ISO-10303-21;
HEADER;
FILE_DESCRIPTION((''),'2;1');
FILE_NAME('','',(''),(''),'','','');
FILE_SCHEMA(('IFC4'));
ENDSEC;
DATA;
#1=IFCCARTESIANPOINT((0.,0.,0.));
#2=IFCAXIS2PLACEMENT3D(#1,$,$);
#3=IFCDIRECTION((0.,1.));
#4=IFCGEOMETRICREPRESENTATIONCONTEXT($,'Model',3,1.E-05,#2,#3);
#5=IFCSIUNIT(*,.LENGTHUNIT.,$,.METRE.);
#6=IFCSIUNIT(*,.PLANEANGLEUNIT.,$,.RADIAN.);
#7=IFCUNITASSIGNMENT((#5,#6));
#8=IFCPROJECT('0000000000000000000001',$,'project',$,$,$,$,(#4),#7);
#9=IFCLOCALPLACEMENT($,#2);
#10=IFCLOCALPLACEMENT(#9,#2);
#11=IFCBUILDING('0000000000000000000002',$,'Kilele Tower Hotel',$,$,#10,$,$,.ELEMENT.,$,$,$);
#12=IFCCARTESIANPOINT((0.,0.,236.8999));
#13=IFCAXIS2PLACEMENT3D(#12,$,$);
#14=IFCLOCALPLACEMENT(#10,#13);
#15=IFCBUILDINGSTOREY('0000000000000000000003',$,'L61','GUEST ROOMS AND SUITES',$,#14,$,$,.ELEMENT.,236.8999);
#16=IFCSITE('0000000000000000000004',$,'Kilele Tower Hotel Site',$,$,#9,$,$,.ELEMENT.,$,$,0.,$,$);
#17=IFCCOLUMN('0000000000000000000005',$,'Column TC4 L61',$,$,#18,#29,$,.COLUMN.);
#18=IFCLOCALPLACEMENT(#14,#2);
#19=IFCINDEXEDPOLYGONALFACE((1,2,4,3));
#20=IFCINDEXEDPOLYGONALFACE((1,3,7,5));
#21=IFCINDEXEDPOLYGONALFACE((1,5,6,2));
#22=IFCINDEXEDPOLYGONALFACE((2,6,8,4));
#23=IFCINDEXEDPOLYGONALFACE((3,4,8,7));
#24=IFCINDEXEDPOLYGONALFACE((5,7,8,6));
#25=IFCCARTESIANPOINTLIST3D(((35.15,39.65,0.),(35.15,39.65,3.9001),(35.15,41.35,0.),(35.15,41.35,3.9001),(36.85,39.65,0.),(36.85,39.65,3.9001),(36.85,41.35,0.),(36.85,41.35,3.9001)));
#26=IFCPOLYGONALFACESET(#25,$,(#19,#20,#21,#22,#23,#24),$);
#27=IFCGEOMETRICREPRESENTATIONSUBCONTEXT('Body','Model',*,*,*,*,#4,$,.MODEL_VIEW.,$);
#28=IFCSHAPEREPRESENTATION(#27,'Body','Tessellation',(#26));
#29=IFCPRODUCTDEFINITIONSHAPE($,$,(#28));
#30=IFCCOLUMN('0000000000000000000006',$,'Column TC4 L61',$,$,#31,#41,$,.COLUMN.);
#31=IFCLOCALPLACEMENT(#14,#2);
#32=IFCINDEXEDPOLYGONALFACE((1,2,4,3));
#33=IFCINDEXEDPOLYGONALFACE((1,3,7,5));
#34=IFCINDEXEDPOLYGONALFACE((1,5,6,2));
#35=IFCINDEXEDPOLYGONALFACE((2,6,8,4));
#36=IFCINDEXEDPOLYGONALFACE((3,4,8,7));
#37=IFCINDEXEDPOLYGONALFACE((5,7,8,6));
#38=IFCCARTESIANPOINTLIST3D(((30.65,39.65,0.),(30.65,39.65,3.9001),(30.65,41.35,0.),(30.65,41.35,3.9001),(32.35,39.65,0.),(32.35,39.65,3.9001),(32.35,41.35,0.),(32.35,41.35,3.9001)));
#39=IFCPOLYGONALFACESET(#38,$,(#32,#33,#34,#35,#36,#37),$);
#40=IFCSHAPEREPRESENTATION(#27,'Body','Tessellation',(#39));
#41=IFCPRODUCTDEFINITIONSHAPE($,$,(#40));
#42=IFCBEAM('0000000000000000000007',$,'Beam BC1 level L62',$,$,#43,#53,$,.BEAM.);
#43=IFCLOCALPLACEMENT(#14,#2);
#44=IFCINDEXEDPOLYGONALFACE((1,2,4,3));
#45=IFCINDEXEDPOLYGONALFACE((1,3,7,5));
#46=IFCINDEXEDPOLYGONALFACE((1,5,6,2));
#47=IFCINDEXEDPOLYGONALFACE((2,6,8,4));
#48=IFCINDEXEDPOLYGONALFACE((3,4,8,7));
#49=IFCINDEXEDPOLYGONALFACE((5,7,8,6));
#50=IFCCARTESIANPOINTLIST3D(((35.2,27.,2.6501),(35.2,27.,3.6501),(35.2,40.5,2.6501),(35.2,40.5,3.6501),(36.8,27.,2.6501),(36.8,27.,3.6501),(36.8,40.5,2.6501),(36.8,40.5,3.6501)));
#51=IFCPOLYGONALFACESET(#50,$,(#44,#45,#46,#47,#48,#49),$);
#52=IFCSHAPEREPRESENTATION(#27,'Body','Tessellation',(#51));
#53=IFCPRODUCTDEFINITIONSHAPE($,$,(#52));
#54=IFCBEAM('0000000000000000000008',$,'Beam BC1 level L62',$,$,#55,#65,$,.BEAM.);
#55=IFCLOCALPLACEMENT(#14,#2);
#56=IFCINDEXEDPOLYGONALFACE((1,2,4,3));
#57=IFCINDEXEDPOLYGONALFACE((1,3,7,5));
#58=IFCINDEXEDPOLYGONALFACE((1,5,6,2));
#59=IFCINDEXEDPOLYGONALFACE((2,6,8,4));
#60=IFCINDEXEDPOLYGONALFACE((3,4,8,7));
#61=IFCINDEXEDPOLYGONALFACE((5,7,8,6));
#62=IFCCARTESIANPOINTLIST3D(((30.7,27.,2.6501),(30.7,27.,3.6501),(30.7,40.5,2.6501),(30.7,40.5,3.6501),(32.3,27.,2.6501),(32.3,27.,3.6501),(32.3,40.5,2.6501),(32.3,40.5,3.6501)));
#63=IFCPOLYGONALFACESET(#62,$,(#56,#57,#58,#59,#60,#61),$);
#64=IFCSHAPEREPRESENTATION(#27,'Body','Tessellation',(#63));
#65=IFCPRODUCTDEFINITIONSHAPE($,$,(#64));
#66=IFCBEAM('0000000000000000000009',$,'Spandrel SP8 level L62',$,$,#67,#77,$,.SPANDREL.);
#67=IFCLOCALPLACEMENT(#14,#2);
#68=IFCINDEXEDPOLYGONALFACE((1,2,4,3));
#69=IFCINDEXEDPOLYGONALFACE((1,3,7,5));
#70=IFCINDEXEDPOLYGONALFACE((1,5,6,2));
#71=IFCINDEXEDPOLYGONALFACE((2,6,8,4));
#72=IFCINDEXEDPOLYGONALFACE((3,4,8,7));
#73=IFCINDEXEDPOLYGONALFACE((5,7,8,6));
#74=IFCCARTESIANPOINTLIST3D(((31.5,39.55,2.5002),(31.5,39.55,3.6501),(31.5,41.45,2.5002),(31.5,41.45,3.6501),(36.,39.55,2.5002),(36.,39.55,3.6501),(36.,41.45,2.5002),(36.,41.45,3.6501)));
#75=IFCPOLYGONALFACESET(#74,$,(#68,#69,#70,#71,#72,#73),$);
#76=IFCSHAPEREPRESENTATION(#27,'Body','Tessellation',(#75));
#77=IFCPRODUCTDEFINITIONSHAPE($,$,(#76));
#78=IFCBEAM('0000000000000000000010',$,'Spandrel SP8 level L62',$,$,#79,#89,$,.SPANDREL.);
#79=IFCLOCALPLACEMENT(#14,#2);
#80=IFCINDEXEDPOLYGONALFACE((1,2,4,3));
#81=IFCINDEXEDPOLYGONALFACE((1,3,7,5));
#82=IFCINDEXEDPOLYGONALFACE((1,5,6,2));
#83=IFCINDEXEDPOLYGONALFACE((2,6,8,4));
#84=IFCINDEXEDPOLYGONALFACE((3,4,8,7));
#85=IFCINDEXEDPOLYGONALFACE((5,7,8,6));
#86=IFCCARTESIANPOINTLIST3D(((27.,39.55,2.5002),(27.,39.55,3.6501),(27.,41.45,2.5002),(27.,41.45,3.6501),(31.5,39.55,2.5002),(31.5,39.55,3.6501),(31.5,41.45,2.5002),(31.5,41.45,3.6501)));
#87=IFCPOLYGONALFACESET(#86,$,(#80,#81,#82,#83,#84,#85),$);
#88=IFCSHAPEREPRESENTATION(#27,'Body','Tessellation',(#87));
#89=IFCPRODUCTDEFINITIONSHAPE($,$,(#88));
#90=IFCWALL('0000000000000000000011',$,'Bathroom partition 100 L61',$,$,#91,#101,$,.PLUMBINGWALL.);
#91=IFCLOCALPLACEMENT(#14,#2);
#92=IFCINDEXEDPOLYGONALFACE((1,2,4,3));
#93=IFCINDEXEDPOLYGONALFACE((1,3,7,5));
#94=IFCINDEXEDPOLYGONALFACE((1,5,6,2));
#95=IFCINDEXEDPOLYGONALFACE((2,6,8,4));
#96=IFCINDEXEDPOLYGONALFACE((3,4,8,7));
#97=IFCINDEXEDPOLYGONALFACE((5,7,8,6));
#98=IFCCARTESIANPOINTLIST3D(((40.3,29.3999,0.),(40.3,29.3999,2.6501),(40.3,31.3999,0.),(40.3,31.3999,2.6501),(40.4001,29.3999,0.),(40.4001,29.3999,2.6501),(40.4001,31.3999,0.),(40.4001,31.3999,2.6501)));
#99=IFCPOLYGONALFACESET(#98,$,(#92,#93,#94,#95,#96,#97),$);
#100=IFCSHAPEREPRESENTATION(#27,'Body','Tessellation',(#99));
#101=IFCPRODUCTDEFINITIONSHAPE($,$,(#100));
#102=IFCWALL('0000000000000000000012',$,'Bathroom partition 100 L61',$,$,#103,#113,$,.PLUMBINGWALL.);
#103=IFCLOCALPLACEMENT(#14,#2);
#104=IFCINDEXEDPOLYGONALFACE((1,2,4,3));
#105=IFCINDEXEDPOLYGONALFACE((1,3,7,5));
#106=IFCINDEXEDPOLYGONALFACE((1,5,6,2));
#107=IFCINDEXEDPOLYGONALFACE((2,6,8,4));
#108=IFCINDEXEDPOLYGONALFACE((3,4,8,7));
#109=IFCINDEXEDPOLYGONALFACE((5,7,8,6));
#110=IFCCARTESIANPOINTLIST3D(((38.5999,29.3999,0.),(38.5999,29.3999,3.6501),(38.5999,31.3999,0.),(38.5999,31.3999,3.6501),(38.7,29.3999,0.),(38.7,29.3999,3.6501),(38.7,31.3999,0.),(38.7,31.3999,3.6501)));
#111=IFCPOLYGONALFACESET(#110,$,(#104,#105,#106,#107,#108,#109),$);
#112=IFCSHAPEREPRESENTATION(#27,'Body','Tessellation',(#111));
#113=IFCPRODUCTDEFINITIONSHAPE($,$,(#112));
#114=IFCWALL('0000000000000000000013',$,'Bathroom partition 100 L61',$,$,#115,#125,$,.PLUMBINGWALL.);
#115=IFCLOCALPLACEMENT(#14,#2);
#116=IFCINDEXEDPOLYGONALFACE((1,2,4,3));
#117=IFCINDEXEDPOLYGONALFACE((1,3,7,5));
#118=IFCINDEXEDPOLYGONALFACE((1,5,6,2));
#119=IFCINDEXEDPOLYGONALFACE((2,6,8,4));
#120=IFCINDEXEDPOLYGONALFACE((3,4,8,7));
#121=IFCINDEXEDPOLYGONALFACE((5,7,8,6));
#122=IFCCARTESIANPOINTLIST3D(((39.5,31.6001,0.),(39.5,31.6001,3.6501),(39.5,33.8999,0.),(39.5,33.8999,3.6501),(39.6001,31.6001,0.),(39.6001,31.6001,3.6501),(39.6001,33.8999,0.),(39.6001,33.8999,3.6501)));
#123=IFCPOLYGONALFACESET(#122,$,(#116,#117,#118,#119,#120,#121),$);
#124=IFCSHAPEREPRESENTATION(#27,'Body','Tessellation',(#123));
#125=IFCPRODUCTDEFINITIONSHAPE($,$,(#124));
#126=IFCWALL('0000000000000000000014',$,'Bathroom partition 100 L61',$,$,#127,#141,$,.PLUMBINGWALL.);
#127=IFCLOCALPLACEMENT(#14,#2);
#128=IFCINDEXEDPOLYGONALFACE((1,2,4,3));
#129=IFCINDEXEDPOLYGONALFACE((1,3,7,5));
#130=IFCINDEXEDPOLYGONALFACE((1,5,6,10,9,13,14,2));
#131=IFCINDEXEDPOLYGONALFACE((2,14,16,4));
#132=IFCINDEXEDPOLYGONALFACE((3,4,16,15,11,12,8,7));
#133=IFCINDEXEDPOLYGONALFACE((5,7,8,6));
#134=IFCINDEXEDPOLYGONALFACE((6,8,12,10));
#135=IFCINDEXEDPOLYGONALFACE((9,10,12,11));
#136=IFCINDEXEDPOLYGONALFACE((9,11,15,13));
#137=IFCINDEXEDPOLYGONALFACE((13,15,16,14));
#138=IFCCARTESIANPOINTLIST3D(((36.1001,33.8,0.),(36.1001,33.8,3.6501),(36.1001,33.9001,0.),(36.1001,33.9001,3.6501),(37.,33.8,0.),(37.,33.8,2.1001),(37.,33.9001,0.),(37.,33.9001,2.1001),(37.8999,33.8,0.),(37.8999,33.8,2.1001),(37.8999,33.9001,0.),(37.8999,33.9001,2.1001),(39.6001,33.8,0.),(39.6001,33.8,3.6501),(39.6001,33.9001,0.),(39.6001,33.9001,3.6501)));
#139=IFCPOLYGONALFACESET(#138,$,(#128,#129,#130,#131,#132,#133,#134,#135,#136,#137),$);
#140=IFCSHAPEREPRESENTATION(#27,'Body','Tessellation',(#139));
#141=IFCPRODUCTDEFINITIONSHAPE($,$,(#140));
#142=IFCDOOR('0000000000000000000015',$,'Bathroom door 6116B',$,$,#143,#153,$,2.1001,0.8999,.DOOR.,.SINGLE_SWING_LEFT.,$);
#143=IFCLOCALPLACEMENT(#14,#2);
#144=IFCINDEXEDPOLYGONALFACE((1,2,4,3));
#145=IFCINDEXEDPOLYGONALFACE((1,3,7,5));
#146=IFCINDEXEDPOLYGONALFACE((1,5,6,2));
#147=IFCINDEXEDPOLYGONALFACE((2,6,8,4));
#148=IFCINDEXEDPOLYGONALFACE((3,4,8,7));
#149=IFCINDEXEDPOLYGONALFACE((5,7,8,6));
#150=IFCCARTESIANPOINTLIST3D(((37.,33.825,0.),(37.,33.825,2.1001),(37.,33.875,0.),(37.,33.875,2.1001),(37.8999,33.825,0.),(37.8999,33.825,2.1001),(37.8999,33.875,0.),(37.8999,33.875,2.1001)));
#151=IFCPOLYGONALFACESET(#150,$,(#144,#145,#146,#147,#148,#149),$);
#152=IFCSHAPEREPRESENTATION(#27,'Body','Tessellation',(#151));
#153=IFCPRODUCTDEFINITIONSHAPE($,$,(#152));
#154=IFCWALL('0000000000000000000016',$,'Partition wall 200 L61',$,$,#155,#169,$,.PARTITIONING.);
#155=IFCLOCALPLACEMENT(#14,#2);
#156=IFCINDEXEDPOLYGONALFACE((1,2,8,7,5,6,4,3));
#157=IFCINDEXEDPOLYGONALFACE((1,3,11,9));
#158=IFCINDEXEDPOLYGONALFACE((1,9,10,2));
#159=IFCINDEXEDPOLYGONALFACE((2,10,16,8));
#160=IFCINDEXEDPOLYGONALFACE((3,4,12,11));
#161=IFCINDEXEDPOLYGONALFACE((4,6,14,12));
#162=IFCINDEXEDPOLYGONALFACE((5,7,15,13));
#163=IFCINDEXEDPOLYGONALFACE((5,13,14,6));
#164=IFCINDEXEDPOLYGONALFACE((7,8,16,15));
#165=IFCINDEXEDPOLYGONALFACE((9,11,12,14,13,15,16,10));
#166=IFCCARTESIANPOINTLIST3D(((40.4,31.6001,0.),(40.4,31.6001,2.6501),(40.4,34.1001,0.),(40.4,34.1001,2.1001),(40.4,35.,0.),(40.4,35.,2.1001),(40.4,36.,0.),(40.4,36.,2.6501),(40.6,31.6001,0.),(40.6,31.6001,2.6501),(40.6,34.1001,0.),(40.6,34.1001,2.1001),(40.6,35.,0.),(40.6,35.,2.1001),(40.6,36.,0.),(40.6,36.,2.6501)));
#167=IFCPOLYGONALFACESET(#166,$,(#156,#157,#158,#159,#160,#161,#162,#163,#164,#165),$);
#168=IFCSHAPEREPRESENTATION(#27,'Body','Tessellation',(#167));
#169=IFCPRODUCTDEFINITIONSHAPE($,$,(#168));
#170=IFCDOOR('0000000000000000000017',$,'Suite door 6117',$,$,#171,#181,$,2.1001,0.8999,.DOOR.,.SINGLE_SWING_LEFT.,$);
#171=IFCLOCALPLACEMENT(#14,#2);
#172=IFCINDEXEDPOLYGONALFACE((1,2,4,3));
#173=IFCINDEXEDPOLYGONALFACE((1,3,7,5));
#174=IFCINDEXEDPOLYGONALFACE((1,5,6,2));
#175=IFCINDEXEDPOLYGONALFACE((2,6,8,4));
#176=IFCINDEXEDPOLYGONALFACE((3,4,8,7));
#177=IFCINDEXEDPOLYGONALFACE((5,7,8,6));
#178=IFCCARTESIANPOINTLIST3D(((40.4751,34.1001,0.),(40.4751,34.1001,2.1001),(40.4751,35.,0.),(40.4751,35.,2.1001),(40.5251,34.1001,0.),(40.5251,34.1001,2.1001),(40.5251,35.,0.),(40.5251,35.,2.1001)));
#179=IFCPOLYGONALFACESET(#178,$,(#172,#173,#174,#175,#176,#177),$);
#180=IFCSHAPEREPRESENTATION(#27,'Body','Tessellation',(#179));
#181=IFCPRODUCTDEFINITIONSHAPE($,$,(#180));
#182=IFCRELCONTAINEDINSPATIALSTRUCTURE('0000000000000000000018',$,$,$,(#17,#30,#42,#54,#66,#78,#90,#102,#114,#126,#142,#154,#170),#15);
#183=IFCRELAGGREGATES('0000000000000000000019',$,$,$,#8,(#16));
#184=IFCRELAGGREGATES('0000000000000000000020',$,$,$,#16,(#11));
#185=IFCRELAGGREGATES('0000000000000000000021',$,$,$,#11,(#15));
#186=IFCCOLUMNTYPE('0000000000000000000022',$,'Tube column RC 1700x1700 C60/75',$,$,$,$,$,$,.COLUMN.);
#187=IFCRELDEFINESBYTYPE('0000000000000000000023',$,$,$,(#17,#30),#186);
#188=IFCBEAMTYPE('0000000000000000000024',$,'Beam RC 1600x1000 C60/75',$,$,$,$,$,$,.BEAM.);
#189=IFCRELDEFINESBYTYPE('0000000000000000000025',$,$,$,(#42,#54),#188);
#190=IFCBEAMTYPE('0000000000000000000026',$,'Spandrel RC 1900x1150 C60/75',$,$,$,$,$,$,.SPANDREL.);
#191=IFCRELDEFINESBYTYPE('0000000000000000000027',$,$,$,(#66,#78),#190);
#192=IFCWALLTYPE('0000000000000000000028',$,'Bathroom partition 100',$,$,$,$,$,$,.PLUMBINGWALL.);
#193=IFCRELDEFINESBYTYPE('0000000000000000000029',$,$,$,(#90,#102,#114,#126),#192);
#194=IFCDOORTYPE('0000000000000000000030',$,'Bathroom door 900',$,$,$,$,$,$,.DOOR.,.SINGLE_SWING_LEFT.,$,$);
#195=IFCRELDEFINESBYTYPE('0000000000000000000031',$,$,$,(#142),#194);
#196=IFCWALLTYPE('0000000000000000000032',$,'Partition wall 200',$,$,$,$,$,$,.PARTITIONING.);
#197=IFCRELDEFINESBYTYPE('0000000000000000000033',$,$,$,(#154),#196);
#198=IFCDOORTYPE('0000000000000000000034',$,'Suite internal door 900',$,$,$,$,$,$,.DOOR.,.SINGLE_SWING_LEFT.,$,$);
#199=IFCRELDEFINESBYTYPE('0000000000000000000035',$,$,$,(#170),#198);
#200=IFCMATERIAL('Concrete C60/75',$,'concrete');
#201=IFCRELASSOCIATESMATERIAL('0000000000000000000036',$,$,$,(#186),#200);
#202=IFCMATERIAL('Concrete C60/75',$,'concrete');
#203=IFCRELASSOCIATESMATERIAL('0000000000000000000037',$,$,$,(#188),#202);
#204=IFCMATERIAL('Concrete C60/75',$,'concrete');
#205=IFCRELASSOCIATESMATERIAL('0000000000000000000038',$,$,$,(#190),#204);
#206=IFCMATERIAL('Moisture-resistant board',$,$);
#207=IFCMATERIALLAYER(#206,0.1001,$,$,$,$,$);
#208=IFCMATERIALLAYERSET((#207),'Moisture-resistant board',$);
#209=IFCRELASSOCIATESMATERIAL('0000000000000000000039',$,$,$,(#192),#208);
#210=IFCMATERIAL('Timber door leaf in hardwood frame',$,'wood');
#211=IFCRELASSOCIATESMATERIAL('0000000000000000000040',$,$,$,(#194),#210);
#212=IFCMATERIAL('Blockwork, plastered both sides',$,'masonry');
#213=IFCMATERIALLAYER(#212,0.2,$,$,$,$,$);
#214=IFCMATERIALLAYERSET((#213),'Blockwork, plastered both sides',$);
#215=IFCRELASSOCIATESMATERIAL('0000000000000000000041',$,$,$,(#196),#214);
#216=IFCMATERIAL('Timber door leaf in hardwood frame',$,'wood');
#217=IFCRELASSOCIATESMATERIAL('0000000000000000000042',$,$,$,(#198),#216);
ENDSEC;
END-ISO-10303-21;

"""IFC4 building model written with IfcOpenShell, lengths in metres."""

from ifc_helpers import new_model, si_unit, direction, frame, frame_2d, origin, origin_2d, place, context, subcontext, project, spatial, rectangle, extrude, material, layer, layer_set, material_profile, profile_set, type_object, element, fill, save


model = new_model("IFC4")

# Units and contexts
model_context = context("Model", 3, precision=1e-05, world=origin(), true_north=direction((0.0, 1.0)))
body_context = subcontext(model_context, "Body", "Model", "MODEL_VIEW")
ifc_project = project(units=[si_unit("LENGTHUNIT", "METRE"), si_unit("PLANEANGLEUNIT", "RADIAN")], contexts=[model_context])

# Site, building, storey
site_placement = place(None, origin())
site = spatial("IfcSite", under=ifc_project, at=site_placement, Name="Kilele Tower Hotel Site", CompositionType="ELEMENT", RefElevation=0.0)
building_placement = place(site_placement, origin())
building = spatial("IfcBuilding", under=site, at=building_placement, Name="Kilele Tower Hotel", CompositionType="ELEMENT")
storey_placement = place(building_placement, frame((0.0, 0.0, 236.8999)))
storey = spatial("IfcBuildingStorey", under=building, at=storey_placement, Name="L61", Description="GUEST ROOMS AND SUITES", CompositionType="ELEMENT", Elevation=236.8999)

# Columns
ifc_material_1 = material(Name="Concrete C60/75", Category="concrete")
ifc_material_profile_1 = material_profile(ifc_material_1, rectangle(XDim=1.7, YDim=1.7, at=origin_2d()))
ifc_profile_set_1 = profile_set([ifc_material_profile_1], Name="Concrete C60/75")
column_type = type_object("IfcColumnType", Name="Tube column RC 1700x1700 C60/75", PredefinedType="COLUMN", material=ifc_profile_set_1)
for number, where, z_axis, x_axis, name in (
    (1, (36.0, 40.5, 0.0), (0.0, 0.0, 1.0), (1.0, 0.0, 0.0), "Column TC4 L61"),
    (2, (31.5, 40.5, 0.0), (0.0, 0.0, 1.0), (1.0, 0.0, 0.0), "Column TC4 L61"),
):
    element("IfcColumn", number, at=place(storey_placement, frame(where, z_axis=z_axis, x_axis=x_axis)), inside=storey, type_object=column_type, Name=name, PredefinedType="COLUMN", context=body_context, shape_type="SweptSolid", body=[
        extrude(rectangle(XDim=1.7, YDim=1.7, at=origin_2d()), origin(), (0.0, 0.0, 1.0), 3.9001),
    ])

# Beams
ifc_material_2 = material(Name="Concrete C60/75", Category="concrete")
ifc_material_profile_2 = material_profile(ifc_material_2, rectangle(XDim=1.6001, YDim=1.0, at=origin_2d()))
ifc_profile_set_2 = profile_set([ifc_material_profile_2], Name="Concrete C60/75")
beam_type_1 = type_object("IfcBeamType", Name="Beam RC 1600x1000 C60/75", PredefinedType="BEAM", material=ifc_profile_set_2)
for number, where, z_axis, x_axis, name in (
    (3, (36.0, 40.5, 3.1501), (0.0, -1.0, 0.0), (1.0, 0.0, 0.0), "Beam BC1 level L62"),
    (4, (31.5, 40.5, 3.1501), (0.0, -1.0, 0.0), (1.0, 0.0, 0.0), "Beam BC1 level L62"),
):
    element("IfcBeam", number, at=place(storey_placement, frame(where, z_axis=z_axis, x_axis=x_axis)), inside=storey, type_object=beam_type_1, Name=name, PredefinedType="BEAM", context=body_context, shape_type="SweptSolid", body=[
        extrude(rectangle(XDim=1.6001, YDim=1.0, at=origin_2d()), origin(), (0.0, 0.0, 1.0), 13.5),
    ])
ifc_material_3 = material(Name="Concrete C60/75", Category="concrete")
ifc_material_profile_3 = material_profile(ifc_material_3, rectangle(XDim=1.8999, YDim=1.1499, at=origin_2d()))
ifc_profile_set_3 = profile_set([ifc_material_profile_3], Name="Concrete C60/75")
beam_type_2 = type_object("IfcBeamType", Name="Spandrel RC 1900x1150 C60/75", PredefinedType="SPANDREL", material=ifc_profile_set_3)
for number, where, z_axis, x_axis, name in (
    (5, (36.0, 40.5, 3.0752), (-1.0, 0.0, 0.0), (0.0, -1.0, 0.0), "Spandrel SP8 level L62"),
    (6, (31.5, 40.5, 3.0752), (-1.0, 0.0, 0.0), (0.0, -1.0, 0.0), "Spandrel SP8 level L62"),
):
    element("IfcBeam", number, at=place(storey_placement, frame(where, z_axis=z_axis, x_axis=x_axis)), inside=storey, type_object=beam_type_2, Name=name, PredefinedType="SPANDREL", context=body_context, shape_type="SweptSolid", body=[
        extrude(rectangle(XDim=1.8999, YDim=1.1499, at=origin_2d()), origin(), (0.0, 0.0, 1.0), 4.5),
    ])

# Walls
ifc_material_4 = material(Name="Moisture-resistant board")
ifc_layer_1 = layer(ifc_material_4, 0.1001)
ifc_layer_set_1 = layer_set([ifc_layer_1], Name="Moisture-resistant board")
wall_type_1 = type_object("IfcWallType", Name="Bathroom partition 100", PredefinedType="PLUMBINGWALL", material=ifc_layer_set_1)
wall_1_placement = place(storey_placement, frame((40.3501, 31.3999, 0.0), z_axis=(0.0, 0.0, 1.0), x_axis=(0.0, -1.0, 0.0)))
element("IfcWall", 7, at=wall_1_placement, inside=storey, type_object=wall_type_1, Name="Bathroom partition 100 L61", PredefinedType="PLUMBINGWALL", context=body_context, shape_type="SweptSolid", body=[
    extrude(rectangle(XDim=2.0, YDim=0.1001, at=frame_2d((1.0, 0.0))), origin(), (0.0, 0.0, 1.0), 2.6501),
])
wall_2_placement = place(storey_placement, frame((38.6499, 31.3999, 0.0), z_axis=(0.0, 0.0, 1.0), x_axis=(0.0, -1.0, 0.0)))
element("IfcWall", 8, at=wall_2_placement, inside=storey, type_object=wall_type_1, Name="Bathroom partition 100 L61", PredefinedType="PLUMBINGWALL", context=body_context, shape_type="SweptSolid", body=[
    extrude(rectangle(XDim=2.0, YDim=0.1001, at=frame_2d((1.0, 0.0))), origin(), (0.0, 0.0, 1.0), 3.6501),
])
wall_3_placement = place(storey_placement, frame((39.55, 31.6001, 0.0), z_axis=(0.0, 0.0, 1.0), x_axis=(0.0, 1.0, 0.0)))
element("IfcWall", 9, at=wall_3_placement, inside=storey, type_object=wall_type_1, Name="Bathroom partition 100 L61", PredefinedType="PLUMBINGWALL", context=body_context, shape_type="SweptSolid", body=[
    extrude(rectangle(XDim=2.2998, YDim=0.1001, at=frame_2d((1.1499, 0.0))), origin(), (0.0, 0.0, 1.0), 3.6501),
])

# Walls, openings, doors
wall_4_placement = place(storey_placement, frame((36.1001, 33.8501, 0.0), z_axis=(0.0, 0.0, 1.0), x_axis=(1.0, 0.0, 0.0)))
wall_4 = element("IfcWall", 10, at=wall_4_placement, inside=storey, type_object=wall_type_1, Name="Bathroom partition 100 L61", PredefinedType="PLUMBINGWALL", context=body_context, shape_type="SweptSolid", body=[
    extrude(rectangle(XDim=3.5, YDim=0.1001, at=frame_2d((1.75, 0.0))), origin(), (0.0, 0.0, 1.0), 3.6501),
])
opening_1_placement = place(wall_4_placement, frame((0.8999, 0.0, 0.0)))
opening_1 = element("IfcOpeningElement", 11, at=opening_1_placement, cuts=wall_4, PredefinedType="OPENING", context=body_context, shape_type="SweptSolid", body=[
    extrude(rectangle(XDim=0.8999, YDim=2.1001, at=frame_2d((0.45, 1.05))), frame((0.0, 0.0601, 0.0), z_axis=(0.0, -1.0, 0.0), x_axis=(1.0, 0.0, 0.0)), (0.0, 0.0, 1.0), 0.1201),
])
ifc_material_5 = material(Name="Timber door leaf in hardwood frame", Category="wood")
door_type_1 = type_object("IfcDoorType", Name="Bathroom door 900", OperationType="SINGLE_SWING_LEFT", PredefinedType="DOOR", material=ifc_material_5)
door_1_placement = place(opening_1_placement, origin())
door_1 = element("IfcDoor", 12, at=door_1_placement, inside=storey, type_object=door_type_1, Name="Bathroom door 6116B", OperationType="SINGLE_SWING_LEFT", OverallHeight=2.1001, OverallWidth=0.8999, PredefinedType="DOOR", context=body_context, shape_type="SweptSolid", body=[
    extrude(rectangle(XDim=0.8999, YDim=2.1001, at=frame_2d((0.45, 1.05))), frame((0.0, 0.0249, 0.0), z_axis=(0.0, -1.0, 0.0), x_axis=(1.0, 0.0, 0.0)), (0.0, 0.0, 1.0), 0.05),
])
fill(opening_1, door_1)
ifc_material_6 = material(Name="Blockwork, plastered both sides", Category="masonry")
ifc_layer_2 = layer(ifc_material_6, 0.2)
ifc_layer_set_2 = layer_set([ifc_layer_2], Name="Blockwork, plastered both sides")
wall_type_2 = type_object("IfcWallType", Name="Partition wall 200", PredefinedType="PARTITIONING", material=ifc_layer_set_2)
wall_5_placement = place(storey_placement, frame((40.5, 31.6001, 0.0), z_axis=(0.0, 0.0, 1.0), x_axis=(0.0, 1.0, 0.0)))
wall_5 = element("IfcWall", 13, at=wall_5_placement, inside=storey, type_object=wall_type_2, Name="Partition wall 200 L61", PredefinedType="PARTITIONING", context=body_context, shape_type="SweptSolid", body=[
    extrude(rectangle(XDim=4.3999, YDim=0.2, at=frame_2d((2.2, 0.0))), origin(), (0.0, 0.0, 1.0), 2.6501),
])
opening_2_placement = place(wall_5_placement, frame((2.5, 0.0, 0.0)))
opening_2 = element("IfcOpeningElement", 14, at=opening_2_placement, cuts=wall_5, PredefinedType="OPENING", context=body_context, shape_type="SweptSolid", body=[
    extrude(rectangle(XDim=0.8999, YDim=2.1001, at=frame_2d((0.45, 1.05))), frame((0.0, 0.1099, 0.0), z_axis=(0.0, -1.0, 0.0), x_axis=(1.0, 0.0, 0.0)), (0.0, 0.0, 1.0), 0.22),
])
ifc_material_7 = material(Name="Timber door leaf in hardwood frame", Category="wood")
door_type_2 = type_object("IfcDoorType", Name="Suite internal door 900", OperationType="SINGLE_SWING_LEFT", PredefinedType="DOOR", material=ifc_material_7)
door_2_placement = place(opening_2_placement, origin())
door_2 = element("IfcDoor", 15, at=door_2_placement, inside=storey, type_object=door_type_2, Name="Suite door 6117", OperationType="SINGLE_SWING_LEFT", OverallHeight=2.1001, OverallWidth=0.8999, PredefinedType="DOOR", context=body_context, shape_type="SweptSolid", body=[
    extrude(rectangle(XDim=0.8999, YDim=2.1001, at=frame_2d((0.45, 1.05))), frame((0.0, 0.0249, 0.0), z_axis=(0.0, -1.0, 0.0), x_axis=(1.0, 0.0, 0.0)), (0.0, 0.0, 1.0), 0.05),
])
fill(opening_2, door_2)

save(model, "model.ifc")
